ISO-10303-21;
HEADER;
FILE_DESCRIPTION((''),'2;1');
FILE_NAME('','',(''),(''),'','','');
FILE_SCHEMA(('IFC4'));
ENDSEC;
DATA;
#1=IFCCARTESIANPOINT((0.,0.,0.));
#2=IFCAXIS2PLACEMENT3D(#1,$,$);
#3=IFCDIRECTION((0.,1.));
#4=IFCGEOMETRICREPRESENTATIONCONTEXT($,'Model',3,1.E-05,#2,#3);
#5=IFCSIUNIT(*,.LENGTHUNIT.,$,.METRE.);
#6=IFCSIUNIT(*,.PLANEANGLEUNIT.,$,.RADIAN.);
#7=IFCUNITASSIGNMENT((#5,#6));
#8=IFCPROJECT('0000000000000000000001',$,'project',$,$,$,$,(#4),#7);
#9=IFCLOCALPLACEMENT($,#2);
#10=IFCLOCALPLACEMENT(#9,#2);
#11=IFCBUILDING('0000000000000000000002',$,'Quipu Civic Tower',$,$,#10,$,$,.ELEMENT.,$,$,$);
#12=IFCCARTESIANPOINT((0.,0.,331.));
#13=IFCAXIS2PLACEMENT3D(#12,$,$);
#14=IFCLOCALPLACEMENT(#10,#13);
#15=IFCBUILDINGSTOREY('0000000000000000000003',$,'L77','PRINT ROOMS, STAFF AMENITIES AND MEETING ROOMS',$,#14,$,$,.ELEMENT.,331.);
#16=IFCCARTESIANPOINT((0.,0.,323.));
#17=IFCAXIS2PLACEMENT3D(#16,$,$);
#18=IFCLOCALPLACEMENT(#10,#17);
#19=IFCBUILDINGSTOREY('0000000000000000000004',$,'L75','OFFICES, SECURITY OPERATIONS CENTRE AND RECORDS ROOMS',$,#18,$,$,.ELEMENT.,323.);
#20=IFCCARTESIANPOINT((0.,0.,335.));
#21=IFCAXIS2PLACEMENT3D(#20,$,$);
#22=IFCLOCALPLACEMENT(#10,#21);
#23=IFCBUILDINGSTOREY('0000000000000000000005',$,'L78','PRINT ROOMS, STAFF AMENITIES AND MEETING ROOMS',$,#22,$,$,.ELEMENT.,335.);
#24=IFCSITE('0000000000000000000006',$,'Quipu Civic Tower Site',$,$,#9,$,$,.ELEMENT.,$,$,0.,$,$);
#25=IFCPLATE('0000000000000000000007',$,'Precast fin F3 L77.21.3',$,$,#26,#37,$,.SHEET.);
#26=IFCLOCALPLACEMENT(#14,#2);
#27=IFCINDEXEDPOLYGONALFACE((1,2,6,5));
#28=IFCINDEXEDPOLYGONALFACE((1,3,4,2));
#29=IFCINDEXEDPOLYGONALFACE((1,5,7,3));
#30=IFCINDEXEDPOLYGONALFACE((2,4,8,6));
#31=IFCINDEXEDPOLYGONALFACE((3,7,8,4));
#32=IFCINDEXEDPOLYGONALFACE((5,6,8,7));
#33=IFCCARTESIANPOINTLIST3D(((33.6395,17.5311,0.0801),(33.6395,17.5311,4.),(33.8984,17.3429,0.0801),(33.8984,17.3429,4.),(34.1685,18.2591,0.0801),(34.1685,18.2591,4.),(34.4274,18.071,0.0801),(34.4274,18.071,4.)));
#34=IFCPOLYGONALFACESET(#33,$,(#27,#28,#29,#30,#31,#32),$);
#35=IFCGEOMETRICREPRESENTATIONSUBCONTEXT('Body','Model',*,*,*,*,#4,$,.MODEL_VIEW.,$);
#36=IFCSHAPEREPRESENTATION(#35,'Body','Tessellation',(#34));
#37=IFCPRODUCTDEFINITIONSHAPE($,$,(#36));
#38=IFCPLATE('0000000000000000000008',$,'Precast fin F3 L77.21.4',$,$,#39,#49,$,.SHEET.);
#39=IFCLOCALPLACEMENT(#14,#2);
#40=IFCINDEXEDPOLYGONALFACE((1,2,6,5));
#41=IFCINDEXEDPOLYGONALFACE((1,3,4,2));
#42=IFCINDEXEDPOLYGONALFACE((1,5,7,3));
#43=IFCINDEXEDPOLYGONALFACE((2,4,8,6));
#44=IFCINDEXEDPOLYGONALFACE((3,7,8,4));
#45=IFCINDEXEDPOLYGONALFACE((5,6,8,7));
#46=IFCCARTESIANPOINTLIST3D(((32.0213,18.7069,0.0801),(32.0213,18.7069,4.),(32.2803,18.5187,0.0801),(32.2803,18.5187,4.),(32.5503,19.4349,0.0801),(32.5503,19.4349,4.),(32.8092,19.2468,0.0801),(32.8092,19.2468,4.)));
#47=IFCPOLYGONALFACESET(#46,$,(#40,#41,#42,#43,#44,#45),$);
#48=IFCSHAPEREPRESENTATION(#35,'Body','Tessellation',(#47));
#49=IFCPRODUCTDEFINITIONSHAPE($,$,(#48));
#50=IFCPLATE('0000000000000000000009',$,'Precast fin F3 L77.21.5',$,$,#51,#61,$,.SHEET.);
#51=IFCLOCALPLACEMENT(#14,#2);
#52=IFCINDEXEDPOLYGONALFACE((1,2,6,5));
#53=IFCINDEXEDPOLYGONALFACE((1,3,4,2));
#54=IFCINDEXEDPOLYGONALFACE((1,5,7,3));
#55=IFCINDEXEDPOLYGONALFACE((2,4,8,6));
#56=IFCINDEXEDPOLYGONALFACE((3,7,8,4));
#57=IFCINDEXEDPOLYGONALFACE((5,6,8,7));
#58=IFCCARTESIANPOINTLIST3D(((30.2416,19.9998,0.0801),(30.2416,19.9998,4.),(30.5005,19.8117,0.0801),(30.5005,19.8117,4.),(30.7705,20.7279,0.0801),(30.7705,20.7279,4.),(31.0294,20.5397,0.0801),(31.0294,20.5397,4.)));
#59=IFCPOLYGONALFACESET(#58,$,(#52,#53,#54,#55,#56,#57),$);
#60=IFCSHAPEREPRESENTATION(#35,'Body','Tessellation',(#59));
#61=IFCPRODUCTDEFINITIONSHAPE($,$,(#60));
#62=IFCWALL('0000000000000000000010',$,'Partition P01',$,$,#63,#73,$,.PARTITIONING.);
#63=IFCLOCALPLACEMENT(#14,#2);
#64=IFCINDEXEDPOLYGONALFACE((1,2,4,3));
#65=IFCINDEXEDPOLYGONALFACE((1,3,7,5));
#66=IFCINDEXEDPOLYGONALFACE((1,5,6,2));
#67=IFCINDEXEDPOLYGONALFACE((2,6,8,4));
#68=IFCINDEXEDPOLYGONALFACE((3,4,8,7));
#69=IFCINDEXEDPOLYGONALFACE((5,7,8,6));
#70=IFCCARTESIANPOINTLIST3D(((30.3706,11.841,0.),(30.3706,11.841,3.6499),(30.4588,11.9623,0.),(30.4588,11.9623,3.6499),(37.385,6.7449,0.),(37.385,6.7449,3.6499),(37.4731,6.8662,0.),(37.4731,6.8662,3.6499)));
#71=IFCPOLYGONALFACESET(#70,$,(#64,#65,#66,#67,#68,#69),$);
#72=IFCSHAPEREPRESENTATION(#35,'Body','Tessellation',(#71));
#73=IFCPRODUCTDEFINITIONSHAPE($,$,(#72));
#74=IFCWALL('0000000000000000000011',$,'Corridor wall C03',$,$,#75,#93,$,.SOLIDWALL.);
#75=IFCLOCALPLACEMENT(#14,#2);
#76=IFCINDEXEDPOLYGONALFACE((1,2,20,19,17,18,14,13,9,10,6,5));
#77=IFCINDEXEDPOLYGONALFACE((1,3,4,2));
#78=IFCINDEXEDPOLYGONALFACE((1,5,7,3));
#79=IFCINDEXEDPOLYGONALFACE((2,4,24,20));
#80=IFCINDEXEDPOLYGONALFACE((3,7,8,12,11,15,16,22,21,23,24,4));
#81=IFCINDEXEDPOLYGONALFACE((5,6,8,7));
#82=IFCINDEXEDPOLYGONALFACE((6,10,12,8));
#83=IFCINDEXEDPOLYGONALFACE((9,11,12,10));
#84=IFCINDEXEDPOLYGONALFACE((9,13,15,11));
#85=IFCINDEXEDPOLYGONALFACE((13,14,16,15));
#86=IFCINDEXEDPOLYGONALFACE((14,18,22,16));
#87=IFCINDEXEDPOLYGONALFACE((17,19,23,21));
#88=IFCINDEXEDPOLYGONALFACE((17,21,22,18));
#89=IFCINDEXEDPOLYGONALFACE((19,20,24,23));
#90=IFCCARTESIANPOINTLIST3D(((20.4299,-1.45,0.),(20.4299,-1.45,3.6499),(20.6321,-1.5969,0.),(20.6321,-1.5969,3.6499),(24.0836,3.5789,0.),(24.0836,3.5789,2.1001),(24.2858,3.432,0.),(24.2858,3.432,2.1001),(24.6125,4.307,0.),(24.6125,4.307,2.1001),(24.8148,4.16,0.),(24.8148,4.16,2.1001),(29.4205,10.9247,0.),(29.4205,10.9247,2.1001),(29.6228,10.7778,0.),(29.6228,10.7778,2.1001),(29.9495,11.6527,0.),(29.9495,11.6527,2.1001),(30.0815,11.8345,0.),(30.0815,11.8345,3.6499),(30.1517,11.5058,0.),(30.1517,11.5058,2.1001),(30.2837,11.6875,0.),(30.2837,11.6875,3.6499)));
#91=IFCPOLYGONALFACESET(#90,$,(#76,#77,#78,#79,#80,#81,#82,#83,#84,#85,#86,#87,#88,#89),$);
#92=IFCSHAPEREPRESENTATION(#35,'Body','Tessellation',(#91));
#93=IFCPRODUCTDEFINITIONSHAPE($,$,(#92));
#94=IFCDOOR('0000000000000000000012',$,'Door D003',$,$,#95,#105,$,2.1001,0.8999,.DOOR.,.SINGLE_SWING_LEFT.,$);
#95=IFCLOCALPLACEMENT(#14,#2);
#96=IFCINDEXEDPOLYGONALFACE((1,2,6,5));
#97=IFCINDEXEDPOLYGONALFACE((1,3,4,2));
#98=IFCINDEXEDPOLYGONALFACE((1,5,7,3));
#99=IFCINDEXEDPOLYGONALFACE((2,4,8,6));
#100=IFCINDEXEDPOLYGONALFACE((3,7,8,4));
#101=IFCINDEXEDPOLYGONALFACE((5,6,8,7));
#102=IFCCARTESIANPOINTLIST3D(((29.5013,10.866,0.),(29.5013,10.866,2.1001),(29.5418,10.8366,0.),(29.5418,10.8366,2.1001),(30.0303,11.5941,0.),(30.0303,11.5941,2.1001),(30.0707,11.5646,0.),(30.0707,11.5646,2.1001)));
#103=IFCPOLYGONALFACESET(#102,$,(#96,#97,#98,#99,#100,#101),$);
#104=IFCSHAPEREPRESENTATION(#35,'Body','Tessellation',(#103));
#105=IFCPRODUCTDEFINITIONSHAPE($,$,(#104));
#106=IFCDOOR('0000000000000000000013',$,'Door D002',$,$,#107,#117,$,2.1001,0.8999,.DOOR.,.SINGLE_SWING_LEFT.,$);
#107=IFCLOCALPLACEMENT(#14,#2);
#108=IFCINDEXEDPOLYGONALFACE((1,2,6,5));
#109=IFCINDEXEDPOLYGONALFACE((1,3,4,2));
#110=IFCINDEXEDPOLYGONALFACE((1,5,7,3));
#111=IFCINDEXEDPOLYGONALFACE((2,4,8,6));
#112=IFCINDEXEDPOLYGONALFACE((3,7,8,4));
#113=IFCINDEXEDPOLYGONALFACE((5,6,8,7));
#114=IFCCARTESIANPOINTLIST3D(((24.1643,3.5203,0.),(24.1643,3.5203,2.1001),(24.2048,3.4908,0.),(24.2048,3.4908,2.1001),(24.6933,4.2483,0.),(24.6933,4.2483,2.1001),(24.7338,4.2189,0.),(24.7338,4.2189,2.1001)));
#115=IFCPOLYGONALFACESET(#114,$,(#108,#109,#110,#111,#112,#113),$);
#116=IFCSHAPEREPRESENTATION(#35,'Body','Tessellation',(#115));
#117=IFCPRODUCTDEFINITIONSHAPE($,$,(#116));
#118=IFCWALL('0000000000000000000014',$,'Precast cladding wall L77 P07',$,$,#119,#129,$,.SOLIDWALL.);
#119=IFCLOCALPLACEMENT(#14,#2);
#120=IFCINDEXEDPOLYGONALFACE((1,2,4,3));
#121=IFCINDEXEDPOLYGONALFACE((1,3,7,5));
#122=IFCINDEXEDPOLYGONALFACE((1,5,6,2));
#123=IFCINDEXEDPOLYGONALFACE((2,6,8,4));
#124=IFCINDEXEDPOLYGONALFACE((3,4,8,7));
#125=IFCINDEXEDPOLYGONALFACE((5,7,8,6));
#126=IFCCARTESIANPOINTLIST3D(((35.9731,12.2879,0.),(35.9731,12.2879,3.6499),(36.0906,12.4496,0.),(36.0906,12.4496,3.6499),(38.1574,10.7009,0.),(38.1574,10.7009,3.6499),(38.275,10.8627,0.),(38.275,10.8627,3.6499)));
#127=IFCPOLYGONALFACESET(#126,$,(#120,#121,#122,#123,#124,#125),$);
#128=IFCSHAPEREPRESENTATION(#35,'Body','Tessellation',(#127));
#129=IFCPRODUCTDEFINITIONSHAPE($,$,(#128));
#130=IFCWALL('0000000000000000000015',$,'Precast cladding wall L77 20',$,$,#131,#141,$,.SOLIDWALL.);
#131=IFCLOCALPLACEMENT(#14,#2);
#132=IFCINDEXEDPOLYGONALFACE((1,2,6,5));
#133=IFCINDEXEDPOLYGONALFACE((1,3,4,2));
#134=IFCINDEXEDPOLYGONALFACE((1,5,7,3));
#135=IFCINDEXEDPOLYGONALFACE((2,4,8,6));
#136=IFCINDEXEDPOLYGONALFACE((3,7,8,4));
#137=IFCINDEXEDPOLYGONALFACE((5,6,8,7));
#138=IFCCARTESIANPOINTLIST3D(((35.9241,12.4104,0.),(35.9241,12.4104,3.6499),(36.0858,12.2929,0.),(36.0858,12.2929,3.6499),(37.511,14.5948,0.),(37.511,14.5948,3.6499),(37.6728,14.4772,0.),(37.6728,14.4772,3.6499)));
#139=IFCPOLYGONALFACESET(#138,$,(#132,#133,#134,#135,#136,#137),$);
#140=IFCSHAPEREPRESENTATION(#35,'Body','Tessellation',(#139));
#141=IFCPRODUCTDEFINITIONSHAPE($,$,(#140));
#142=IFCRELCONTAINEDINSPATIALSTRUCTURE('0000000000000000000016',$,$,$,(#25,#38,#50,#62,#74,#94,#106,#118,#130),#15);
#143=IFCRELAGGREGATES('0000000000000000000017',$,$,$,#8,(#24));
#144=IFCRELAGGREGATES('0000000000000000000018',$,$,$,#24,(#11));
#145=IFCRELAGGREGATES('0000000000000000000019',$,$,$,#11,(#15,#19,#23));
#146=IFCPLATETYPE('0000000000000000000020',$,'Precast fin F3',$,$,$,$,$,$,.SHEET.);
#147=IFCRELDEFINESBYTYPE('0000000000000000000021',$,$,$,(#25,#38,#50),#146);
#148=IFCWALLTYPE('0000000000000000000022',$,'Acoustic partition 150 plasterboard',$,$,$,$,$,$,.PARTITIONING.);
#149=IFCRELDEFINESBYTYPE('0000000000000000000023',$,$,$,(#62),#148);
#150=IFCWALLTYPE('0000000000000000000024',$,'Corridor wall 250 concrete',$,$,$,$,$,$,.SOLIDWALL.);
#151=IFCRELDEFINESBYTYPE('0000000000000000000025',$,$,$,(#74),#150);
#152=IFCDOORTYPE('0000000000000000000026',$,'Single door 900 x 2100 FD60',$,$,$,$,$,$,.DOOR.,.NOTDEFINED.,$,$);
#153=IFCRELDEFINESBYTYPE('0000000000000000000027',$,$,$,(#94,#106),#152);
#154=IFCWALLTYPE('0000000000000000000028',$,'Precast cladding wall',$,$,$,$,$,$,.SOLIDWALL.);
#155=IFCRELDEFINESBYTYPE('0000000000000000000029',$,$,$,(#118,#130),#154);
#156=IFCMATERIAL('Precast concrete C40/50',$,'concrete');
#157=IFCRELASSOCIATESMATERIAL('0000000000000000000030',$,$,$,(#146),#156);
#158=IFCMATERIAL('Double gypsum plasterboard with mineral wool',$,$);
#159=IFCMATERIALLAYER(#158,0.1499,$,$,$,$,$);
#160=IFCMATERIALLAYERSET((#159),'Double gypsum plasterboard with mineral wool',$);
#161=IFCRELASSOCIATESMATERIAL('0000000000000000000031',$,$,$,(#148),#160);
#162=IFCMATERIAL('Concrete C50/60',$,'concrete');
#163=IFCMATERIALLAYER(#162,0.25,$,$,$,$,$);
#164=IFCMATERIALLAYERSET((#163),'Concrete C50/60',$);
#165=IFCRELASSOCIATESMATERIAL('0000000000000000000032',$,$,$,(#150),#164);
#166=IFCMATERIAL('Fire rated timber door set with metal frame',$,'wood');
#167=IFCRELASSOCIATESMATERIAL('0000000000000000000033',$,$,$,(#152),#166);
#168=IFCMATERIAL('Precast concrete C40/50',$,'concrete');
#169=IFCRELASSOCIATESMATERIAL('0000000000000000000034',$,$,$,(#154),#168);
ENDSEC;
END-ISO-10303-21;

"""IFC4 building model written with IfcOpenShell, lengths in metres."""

from ifc_helpers import new_model, si_unit, direction, frame, frame_2d, origin, origin_2d, place, context, subcontext, project, spatial, rectangle, extrude, material, layer, layer_set, type_object, element, fill, save


model = new_model("IFC4")

# Units and contexts
model_context = context("Model", 3, precision=1e-05, world=origin(), true_north=direction((0.0, 1.0)))
body_context = subcontext(model_context, "Body", "Model", "MODEL_VIEW")
ifc_project = project(units=[si_unit("LENGTHUNIT", "METRE"), si_unit("PLANEANGLEUNIT", "RADIAN")], contexts=[model_context])

# Site, building, storey
site_placement = place(None, origin())
site = spatial("IfcSite", under=ifc_project, at=site_placement, Name="Quipu Civic Tower Site", CompositionType="ELEMENT", RefElevation=0.0)
building_placement = place(site_placement, origin())
building = spatial("IfcBuilding", under=site, at=building_placement, Name="Quipu Civic Tower", CompositionType="ELEMENT")
storey_1_placement = place(building_placement, frame((0.0, 0.0, 331.0)))
storey_1 = spatial("IfcBuildingStorey", under=building, at=storey_1_placement, Name="L77", Description="PRINT ROOMS, STAFF AMENITIES AND MEETING ROOMS", CompositionType="ELEMENT", Elevation=331.0)

# Shared definitions
storey_2_placement = place(building_placement, frame((0.0, 0.0, 323.0)))
storey_2 = spatial("IfcBuildingStorey", under=building, at=storey_2_placement, Name="L75", Description="OFFICES, SECURITY OPERATIONS CENTRE AND RECORDS ROOMS", CompositionType="ELEMENT", Elevation=323.0)

# Shared definitions
storey_3_placement = place(building_placement, frame((0.0, 0.0, 335.0)))
storey_3 = spatial("IfcBuildingStorey", under=building, at=storey_3_placement, Name="L78", Description="PRINT ROOMS, STAFF AMENITIES AND MEETING ROOMS", CompositionType="ELEMENT", Elevation=335.0)

# Plates
ifc_material_1 = material(Name="Precast concrete C40/50", Category="concrete")
plate_type_1 = type_object("IfcPlateType", Name="Precast fin F3", PredefinedType="SHEET", material=ifc_material_1)
for number, where, z_axis, x_axis, name in (
    (1, (34.0334, 17.801, 0.0801), (0.0, 0.0, 1.0), (-0.809017, 0.587785, 0.0), "Precast fin F3 L77.21.3"),
    (2, (32.4153, 18.9768, 0.0801), (0.0, 0.0, 1.0), (-0.809017, 0.587785, 0.0), "Precast fin F3 L77.21.4"),
    (3, (30.6355, 20.2698, 0.0801), (0.0, 0.0, 1.0), (-0.809017, 0.587785, 0.0), "Precast fin F3 L77.21.5"),
):
    element("IfcPlate", number, at=place(storey_1_placement, frame(where, z_axis=z_axis, x_axis=x_axis)), inside=storey_1, type_object=plate_type_1, Name=name, PredefinedType="SHEET", context=body_context, shape_type="SweptSolid", body=[
        extrude(rectangle(XDim=0.3201, YDim=0.8999, at=origin_2d()), origin(), (0.0, 0.0, 1.0), 3.9199),
    ])

# Wall
ifc_material_2 = material(Name="Double gypsum plasterboard with mineral wool")
ifc_layer_1 = layer(ifc_material_2, 0.1499)
ifc_layer_set_1 = layer_set([ifc_layer_1], Name="Double gypsum plasterboard with mineral wool")
wall_type_1 = type_object("IfcWallType", Name="Acoustic partition 150 plasterboard", PredefinedType="PARTITIONING", material=ifc_layer_set_1)
wall_1_placement = place(storey_1_placement, frame((30.4148, 11.9016, 0.0), z_axis=(0.0, 0.0, 1.0), x_axis=(0.809021, -0.58778, 0.0)))
element("IfcWall", 4, at=wall_1_placement, inside=storey_1, type_object=wall_type_1, Name="Partition P01", PredefinedType="PARTITIONING", context=body_context, shape_type="SweptSolid", body=[
    extrude(rectangle(XDim=8.6702, YDim=0.1499, at=frame_2d((4.335, 0.0))), origin(), (0.0, 0.0, 1.0), 3.6499),
])

# Wall, openings, doors
ifc_material_3 = material(Name="Concrete C50/60", Category="concrete")
ifc_layer_2 = layer(ifc_material_3, 0.25)
ifc_layer_set_2 = layer_set([ifc_layer_2], Name="Concrete C50/60")
wall_type_2 = type_object("IfcWallType", Name="Corridor wall 250 concrete", PredefinedType="SOLIDWALL", material=ifc_layer_set_2)
wall_2_placement = place(storey_1_placement, frame((30.1826, 11.761, 0.0), z_axis=(0.0, 0.0, 1.0), x_axis=(-0.587782, -0.80902, 0.0)))
wall_2 = element("IfcWall", 5, at=wall_2_placement, inside=storey_1, type_object=wall_type_2, Name="Corridor wall C03", PredefinedType="SOLIDWALL", context=body_context, shape_type="SweptSolid", body=[
    extrude(rectangle(XDim=16.4204, YDim=0.25, at=frame_2d((8.2102, 0.0))), origin(), (0.0, 0.0, 1.0), 3.6499),
])
opening_1_placement = place(wall_2_placement, frame((0.2246, 0.0, 0.0)))
opening_1 = element("IfcOpeningElement", 6, at=opening_1_placement, cuts=wall_2, PredefinedType="OPENING", context=body_context, shape_type="SweptSolid", body=[
    extrude(rectangle(XDim=0.8999, YDim=2.1001, at=frame_2d((0.45, 1.05))), frame((0.0, 0.135, 0.0), z_axis=(0.0, -1.0, 0.0), x_axis=(1.0, 0.0, 0.0)), (0.0, 0.0, 1.0), 0.27),
])
opening_2_placement = place(wall_2_placement, frame((9.3044, 0.0, 0.0)))
opening_2 = element("IfcOpeningElement", 7, at=opening_2_placement, cuts=wall_2, PredefinedType="OPENING", context=body_context, shape_type="SweptSolid", body=[
    extrude(rectangle(XDim=0.8999, YDim=2.1001, at=frame_2d((0.45, 1.05))), frame((0.0, 0.135, 0.0), z_axis=(0.0, -1.0, 0.0), x_axis=(1.0, 0.0, 0.0)), (0.0, 0.0, 1.0), 0.27),
])
ifc_material_4 = material(Name="Fire rated timber door set with metal frame", Category="wood")
door_type = type_object("IfcDoorType", Name="Single door 900 x 2100 FD60", OperationType="NOTDEFINED", PredefinedType="DOOR", material=ifc_material_4)
door_1_placement = place(opening_1_placement, origin())
door_1 = element("IfcDoor", 8, at=door_1_placement, inside=storey_1, type_object=door_type, Name="Door D003", OperationType="SINGLE_SWING_LEFT", OverallHeight=2.1001, OverallWidth=0.8999, PredefinedType="DOOR", context=body_context, shape_type="SweptSolid", body=[
    extrude(rectangle(XDim=0.8999, YDim=2.1001, at=frame_2d((0.45, 1.05))), frame((0.0, 0.0249, 0.0), z_axis=(0.0, -1.0, 0.0), x_axis=(1.0, 0.0, 0.0)), (0.0, 0.0, 1.0), 0.05),
])
fill(opening_1, door_1)
door_2_placement = place(opening_2_placement, origin())
door_2 = element("IfcDoor", 9, at=door_2_placement, inside=storey_1, type_object=door_type, Name="Door D002", OperationType="SINGLE_SWING_LEFT", OverallHeight=2.1001, OverallWidth=0.8999, PredefinedType="DOOR", context=body_context, shape_type="SweptSolid", body=[
    extrude(rectangle(XDim=0.8999, YDim=2.1001, at=frame_2d((0.45, 1.05))), frame((0.0, 0.0249, 0.0), z_axis=(0.0, -1.0, 0.0), x_axis=(1.0, 0.0, 0.0)), (0.0, 0.0, 1.0), 0.05),
])
fill(opening_2, door_2)

# Walls
ifc_material_5 = material(Name="Precast concrete C40/50", Category="concrete")
wall_type_3 = type_object("IfcWallType", Name="Precast cladding wall", PredefinedType="SOLIDWALL", material=ifc_material_5)
for number, where, z_axis, x_axis, name in (
    (10, (38.2163, 10.7817, 0.0), (0.0, 0.0, 1.0), (-0.809033, 0.587763, 0.0), "Precast cladding wall L77 P07"),
    (11, (36.0049, 12.3516, 0.0), (0.0, 0.0, 1.0), (0.587763, 0.809033, 0.0), "Precast cladding wall L77 20"),
):
    element("IfcWall", number, at=place(storey_1_placement, frame(where, z_axis=z_axis, x_axis=x_axis)), inside=storey_1, type_object=wall_type_3, Name=name, PredefinedType="SOLIDWALL", context=body_context, shape_type="SweptSolid", body=[
        extrude(rectangle(XDim=2.7, YDim=0.2, at=frame_2d((1.3501, 0.0))), origin(), (0.0, 0.0, 1.0), 3.6499),
    ])

save(model, "model.ifc")
